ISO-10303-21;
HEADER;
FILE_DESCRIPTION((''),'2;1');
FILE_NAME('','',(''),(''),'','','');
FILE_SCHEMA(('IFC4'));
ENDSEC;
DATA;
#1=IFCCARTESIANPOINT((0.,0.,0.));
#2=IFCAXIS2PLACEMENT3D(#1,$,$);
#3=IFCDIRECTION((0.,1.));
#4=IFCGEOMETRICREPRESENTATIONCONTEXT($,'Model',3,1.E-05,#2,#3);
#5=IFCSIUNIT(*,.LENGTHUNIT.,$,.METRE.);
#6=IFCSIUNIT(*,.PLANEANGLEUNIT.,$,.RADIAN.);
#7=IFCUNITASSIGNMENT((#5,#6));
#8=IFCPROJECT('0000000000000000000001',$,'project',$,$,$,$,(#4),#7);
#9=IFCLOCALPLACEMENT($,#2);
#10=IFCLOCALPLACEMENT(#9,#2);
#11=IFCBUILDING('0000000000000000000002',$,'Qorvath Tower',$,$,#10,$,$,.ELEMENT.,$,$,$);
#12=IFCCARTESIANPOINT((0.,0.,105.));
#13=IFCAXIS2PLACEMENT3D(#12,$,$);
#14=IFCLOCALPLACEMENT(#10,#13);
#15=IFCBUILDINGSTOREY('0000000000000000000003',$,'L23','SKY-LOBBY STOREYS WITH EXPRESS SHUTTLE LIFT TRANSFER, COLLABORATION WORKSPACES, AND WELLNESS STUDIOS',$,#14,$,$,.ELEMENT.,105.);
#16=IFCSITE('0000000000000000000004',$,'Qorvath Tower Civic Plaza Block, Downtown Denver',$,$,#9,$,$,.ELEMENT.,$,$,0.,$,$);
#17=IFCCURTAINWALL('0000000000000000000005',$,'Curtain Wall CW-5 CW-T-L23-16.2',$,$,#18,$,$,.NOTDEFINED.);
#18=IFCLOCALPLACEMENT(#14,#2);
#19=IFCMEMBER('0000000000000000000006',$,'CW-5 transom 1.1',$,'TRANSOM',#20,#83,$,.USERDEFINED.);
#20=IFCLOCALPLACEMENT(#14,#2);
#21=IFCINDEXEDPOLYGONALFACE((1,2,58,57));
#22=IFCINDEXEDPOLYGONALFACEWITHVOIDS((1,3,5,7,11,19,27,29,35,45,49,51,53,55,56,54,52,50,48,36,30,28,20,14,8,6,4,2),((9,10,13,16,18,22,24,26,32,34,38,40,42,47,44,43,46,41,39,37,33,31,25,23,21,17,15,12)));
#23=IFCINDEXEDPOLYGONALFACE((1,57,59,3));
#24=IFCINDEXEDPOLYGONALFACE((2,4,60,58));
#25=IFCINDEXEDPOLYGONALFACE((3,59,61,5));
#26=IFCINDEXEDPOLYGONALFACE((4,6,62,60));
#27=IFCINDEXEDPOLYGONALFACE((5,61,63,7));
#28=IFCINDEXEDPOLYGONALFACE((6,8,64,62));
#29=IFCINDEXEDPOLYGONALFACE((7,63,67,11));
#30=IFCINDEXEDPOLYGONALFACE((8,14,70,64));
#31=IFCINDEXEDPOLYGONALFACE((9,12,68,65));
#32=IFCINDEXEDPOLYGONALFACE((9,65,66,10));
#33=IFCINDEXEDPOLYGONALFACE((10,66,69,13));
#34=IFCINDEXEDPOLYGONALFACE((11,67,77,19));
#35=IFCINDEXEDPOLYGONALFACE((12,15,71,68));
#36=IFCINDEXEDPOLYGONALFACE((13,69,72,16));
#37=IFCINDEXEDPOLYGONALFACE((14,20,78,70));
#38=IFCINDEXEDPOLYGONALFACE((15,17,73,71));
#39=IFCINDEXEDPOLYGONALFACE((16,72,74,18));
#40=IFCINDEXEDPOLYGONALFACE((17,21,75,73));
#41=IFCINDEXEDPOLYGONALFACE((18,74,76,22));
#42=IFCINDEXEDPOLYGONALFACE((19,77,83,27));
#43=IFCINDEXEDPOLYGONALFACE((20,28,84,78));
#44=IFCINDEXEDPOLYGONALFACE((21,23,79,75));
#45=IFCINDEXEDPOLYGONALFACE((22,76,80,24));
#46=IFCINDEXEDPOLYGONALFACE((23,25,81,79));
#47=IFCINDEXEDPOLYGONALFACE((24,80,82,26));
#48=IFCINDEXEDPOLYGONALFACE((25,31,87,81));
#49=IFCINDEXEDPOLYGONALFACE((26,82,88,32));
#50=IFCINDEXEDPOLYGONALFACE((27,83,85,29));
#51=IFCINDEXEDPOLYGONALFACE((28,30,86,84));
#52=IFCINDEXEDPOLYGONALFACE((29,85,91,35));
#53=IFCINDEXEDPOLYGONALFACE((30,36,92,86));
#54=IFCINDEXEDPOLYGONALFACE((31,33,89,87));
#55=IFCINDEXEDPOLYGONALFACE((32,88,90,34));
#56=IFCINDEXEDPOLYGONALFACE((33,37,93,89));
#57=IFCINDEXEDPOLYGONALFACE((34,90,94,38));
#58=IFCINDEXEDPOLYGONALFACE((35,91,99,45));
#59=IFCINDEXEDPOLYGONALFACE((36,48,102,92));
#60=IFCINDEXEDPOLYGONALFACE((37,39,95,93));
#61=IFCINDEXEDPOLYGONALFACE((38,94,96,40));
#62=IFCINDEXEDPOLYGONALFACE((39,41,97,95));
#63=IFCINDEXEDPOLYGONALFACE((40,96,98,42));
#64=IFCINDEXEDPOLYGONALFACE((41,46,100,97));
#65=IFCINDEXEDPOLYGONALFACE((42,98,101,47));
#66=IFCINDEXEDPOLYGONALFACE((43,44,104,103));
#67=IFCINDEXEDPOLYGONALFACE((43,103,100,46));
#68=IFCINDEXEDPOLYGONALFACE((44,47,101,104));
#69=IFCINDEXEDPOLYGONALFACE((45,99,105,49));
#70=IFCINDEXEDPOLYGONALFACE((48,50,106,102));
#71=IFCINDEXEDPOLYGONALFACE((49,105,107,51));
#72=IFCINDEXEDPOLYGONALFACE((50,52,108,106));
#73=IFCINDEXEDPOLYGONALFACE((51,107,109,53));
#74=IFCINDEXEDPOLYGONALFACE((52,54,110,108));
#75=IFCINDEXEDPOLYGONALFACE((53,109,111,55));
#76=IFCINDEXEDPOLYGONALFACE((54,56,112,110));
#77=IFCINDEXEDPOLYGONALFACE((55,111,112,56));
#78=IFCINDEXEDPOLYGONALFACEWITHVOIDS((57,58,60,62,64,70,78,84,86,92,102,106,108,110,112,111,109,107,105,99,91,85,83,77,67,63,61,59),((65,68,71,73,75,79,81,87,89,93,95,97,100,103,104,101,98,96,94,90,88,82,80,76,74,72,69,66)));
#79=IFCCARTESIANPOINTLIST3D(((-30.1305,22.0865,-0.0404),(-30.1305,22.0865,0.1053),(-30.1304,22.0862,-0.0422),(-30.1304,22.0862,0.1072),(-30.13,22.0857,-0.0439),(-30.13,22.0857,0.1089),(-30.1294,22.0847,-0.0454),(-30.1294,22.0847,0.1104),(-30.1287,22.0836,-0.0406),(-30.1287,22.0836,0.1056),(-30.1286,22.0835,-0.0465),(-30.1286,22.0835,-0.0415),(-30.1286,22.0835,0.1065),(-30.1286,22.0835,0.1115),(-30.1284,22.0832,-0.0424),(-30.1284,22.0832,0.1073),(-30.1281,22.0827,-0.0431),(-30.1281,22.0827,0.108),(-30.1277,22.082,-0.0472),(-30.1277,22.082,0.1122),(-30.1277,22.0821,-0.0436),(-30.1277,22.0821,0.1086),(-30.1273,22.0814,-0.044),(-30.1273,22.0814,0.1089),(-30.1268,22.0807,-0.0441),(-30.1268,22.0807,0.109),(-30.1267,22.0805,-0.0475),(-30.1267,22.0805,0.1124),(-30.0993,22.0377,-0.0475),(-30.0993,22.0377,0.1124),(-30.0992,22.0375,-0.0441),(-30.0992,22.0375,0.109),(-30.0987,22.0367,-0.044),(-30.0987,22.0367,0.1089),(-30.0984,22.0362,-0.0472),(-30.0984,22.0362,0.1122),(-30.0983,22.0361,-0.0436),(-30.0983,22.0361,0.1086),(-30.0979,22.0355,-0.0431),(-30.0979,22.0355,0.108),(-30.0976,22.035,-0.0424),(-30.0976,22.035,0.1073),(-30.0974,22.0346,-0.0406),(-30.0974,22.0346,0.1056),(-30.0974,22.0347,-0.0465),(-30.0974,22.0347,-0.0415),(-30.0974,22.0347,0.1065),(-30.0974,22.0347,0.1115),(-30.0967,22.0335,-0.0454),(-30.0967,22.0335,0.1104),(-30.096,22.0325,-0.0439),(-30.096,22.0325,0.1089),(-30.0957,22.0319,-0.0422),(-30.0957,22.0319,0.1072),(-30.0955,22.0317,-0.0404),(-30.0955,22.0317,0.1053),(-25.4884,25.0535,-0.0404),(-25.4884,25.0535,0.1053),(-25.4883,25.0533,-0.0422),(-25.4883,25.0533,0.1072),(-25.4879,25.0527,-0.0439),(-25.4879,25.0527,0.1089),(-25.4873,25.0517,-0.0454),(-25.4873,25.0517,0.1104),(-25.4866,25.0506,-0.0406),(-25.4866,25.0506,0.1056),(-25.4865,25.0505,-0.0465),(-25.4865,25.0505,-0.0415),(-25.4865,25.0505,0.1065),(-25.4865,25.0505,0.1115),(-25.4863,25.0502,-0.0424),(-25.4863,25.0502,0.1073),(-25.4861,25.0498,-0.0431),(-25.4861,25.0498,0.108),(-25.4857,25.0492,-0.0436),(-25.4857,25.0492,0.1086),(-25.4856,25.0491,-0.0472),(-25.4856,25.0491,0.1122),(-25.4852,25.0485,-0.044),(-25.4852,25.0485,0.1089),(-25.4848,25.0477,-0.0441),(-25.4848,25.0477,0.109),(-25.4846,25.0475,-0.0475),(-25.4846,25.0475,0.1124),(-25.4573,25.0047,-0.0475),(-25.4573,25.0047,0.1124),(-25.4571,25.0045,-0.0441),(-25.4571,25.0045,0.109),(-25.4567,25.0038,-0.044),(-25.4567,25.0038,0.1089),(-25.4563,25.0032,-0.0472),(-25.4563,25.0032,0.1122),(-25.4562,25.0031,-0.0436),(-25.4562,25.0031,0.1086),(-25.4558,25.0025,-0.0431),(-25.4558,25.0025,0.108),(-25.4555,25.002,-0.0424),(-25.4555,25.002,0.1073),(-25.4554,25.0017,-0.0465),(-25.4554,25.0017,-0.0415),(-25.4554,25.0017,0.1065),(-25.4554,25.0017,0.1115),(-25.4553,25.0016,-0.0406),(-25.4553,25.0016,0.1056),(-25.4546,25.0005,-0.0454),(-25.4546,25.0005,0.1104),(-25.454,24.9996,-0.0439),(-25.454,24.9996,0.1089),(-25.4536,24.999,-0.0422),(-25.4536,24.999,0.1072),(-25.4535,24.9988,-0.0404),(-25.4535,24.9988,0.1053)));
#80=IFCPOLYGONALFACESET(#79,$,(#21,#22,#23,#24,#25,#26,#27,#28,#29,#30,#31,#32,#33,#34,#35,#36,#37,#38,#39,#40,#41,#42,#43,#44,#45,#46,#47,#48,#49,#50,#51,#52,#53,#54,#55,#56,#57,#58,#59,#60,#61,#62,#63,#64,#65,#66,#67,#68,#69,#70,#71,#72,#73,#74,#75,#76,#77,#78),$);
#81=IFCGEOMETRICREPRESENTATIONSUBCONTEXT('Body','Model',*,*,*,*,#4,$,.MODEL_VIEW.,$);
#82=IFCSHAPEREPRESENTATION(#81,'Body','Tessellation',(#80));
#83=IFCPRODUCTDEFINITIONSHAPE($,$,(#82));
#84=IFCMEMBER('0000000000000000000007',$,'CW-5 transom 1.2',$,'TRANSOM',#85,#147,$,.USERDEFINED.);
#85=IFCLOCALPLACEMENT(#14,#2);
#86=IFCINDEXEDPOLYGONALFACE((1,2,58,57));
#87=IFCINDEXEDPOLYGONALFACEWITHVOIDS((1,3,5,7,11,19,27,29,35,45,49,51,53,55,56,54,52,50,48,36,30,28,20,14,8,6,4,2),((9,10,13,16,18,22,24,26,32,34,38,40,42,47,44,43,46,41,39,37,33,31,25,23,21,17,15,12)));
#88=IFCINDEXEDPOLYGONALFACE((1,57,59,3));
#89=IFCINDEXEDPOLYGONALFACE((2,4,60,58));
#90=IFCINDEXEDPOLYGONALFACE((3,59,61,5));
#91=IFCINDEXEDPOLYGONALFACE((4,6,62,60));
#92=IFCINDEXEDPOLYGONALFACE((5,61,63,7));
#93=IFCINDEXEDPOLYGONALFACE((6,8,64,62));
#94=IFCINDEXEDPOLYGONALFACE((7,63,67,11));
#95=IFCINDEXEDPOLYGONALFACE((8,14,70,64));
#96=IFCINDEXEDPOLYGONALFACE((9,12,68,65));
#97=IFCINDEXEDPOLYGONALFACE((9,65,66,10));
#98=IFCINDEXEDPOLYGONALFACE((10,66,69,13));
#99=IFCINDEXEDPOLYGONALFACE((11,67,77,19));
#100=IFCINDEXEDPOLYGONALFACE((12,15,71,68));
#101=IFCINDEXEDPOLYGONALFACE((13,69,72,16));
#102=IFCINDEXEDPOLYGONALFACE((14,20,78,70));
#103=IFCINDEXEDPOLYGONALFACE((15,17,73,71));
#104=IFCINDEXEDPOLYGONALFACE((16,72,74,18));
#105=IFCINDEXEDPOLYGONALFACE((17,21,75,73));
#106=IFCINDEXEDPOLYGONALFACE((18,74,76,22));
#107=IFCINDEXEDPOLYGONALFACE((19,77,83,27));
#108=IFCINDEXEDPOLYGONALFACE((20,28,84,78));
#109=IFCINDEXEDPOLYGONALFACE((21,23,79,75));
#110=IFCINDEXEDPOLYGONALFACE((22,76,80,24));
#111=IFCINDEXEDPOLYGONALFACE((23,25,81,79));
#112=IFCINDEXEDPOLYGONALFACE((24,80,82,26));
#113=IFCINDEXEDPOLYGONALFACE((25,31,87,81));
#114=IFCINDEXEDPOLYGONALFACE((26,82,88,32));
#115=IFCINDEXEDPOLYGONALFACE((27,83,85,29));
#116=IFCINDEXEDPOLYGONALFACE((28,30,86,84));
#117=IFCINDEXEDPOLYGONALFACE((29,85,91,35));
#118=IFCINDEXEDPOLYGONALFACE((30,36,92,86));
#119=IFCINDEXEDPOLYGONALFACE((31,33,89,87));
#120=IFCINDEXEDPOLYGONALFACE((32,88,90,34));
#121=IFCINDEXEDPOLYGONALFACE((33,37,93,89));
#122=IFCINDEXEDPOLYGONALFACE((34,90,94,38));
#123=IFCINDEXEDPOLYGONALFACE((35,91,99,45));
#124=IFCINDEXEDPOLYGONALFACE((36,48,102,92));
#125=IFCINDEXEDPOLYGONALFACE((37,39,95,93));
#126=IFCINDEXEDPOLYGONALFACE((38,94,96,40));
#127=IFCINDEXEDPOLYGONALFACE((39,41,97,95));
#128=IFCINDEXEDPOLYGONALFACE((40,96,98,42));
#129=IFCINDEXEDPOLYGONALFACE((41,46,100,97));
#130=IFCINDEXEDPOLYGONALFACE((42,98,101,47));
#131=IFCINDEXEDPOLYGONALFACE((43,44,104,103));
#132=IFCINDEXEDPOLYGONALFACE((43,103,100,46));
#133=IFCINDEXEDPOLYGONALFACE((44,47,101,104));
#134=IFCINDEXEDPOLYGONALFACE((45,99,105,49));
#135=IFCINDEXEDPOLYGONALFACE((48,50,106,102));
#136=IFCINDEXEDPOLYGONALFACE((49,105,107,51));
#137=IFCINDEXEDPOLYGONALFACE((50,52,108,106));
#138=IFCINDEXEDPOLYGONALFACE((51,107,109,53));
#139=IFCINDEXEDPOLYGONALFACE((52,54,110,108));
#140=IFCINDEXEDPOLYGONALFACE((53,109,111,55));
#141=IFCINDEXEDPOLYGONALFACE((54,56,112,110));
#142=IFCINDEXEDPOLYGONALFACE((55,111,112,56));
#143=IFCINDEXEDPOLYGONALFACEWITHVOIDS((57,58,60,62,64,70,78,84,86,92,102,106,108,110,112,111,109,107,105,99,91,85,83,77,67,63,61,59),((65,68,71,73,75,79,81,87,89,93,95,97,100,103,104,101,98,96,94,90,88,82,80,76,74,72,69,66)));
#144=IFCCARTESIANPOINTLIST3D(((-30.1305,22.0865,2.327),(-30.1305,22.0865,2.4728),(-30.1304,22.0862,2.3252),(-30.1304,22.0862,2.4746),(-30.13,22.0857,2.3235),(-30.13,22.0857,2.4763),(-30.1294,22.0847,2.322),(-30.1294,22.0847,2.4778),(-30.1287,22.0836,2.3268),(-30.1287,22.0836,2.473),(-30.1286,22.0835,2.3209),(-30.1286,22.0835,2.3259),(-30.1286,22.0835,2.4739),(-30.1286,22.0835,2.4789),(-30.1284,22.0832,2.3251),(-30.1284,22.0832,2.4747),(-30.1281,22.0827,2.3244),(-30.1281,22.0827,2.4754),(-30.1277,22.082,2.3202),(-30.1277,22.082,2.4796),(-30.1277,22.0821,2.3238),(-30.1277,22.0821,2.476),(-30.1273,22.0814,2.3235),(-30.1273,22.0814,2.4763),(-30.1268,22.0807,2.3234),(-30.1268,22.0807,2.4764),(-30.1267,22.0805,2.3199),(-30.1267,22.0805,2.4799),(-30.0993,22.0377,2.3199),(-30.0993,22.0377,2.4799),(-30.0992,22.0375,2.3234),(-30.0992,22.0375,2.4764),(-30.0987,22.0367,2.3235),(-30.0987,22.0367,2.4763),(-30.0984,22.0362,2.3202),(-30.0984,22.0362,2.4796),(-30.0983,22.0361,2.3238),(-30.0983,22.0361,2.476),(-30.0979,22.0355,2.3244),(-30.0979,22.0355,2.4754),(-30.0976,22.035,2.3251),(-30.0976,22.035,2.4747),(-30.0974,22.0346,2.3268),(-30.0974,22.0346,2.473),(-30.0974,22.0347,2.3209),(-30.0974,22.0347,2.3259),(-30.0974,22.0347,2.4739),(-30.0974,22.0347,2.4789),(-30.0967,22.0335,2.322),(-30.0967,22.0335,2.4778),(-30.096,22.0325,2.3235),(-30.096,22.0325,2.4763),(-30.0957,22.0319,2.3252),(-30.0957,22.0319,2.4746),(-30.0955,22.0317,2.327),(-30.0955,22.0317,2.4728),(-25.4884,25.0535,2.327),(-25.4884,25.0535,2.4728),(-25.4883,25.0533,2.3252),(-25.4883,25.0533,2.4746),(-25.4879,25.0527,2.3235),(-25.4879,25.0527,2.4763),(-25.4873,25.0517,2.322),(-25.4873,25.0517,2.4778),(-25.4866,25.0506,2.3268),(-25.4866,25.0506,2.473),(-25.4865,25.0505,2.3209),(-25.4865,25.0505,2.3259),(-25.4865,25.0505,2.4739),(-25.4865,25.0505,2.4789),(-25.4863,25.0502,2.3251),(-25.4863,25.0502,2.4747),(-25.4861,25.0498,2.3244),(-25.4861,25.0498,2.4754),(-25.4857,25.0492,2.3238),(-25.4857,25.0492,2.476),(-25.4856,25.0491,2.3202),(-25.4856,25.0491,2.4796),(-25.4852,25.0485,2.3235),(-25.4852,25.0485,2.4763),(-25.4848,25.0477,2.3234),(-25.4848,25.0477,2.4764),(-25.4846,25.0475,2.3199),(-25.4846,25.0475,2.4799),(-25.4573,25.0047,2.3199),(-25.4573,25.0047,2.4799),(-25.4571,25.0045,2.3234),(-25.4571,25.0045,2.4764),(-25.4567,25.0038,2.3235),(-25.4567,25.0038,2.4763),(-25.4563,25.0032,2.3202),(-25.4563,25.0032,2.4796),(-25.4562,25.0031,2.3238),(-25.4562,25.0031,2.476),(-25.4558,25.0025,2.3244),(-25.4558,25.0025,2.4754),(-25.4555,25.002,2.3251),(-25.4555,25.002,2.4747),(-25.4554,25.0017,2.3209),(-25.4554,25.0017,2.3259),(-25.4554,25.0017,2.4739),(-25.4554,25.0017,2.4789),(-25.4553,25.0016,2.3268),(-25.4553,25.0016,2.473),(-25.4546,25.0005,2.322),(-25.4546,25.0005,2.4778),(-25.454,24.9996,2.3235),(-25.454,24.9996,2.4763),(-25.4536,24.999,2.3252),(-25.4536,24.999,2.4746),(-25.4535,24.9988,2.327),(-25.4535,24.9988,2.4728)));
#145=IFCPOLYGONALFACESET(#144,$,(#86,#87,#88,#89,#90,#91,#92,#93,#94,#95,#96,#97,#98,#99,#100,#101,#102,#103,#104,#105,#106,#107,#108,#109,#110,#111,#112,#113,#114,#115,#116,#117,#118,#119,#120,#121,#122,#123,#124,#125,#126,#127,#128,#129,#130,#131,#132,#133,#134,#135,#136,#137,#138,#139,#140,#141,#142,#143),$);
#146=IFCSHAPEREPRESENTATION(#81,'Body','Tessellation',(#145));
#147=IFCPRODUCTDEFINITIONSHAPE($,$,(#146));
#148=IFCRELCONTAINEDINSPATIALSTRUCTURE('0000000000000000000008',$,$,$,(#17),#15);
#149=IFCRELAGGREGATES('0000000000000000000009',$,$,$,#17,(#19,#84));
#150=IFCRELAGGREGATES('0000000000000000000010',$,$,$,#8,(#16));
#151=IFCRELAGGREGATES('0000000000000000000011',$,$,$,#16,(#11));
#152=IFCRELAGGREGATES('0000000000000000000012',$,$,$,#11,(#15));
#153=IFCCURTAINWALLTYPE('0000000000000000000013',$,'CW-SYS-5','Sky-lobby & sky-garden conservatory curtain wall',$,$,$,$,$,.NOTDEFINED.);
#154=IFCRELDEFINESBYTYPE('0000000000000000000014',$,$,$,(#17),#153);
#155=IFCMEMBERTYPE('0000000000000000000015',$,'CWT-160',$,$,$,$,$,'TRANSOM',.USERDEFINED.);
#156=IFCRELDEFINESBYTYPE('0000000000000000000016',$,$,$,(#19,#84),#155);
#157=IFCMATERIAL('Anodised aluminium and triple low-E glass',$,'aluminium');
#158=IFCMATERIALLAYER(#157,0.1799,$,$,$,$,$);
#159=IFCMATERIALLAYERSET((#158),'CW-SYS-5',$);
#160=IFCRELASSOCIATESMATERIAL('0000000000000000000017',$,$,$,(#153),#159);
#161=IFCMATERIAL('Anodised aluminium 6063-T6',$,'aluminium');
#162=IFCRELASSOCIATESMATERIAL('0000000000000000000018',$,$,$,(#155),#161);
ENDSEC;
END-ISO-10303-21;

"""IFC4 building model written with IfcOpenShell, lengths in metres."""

from ifc_helpers import new_model, si_unit, direction, frame, origin, origin_2d, place, context, subcontext, project, spatial, hollow_rectangle, extrude, material, layer, layer_set, material_profile, profile_set, type_object, element, aggregate, save


model = new_model("IFC4")

# Units and contexts
model_context = context("Model", 3, precision=1e-05, world=origin(), true_north=direction((0.0, 1.0)))
body_context = subcontext(model_context, "Body", "Model", "MODEL_VIEW")
ifc_project = project(units=[si_unit("LENGTHUNIT", "METRE"), si_unit("PLANEANGLEUNIT", "RADIAN")], contexts=[model_context])

# Site, building, storey
site_placement = place(None, origin())
site = spatial("IfcSite", under=ifc_project, at=site_placement, Name="Qorvath Tower Civic Plaza Block, Downtown Denver", CompositionType="ELEMENT", RefElevation=0.0)
building_placement = place(site_placement, origin())
building = spatial("IfcBuilding", under=site, at=building_placement, Name="Qorvath Tower", CompositionType="ELEMENT")
storey_placement = place(building_placement, frame((0.0, 0.0, 105.0)))
storey = spatial("IfcBuildingStorey", under=building, at=storey_placement, Name="L23", Description="SKY-LOBBY STOREYS WITH EXPRESS SHUTTLE LIFT TRANSFER, COLLABORATION WORKSPACES, AND WELLNESS STUDIOS", CompositionType="ELEMENT", Elevation=105.0)

# Shared definitions
ifc_material_1 = material(Name="Anodised aluminium and triple low-E glass", Category="aluminium")
ifc_layer_1 = layer(ifc_material_1, 0.1799)
ifc_layer_set_1 = layer_set([ifc_layer_1], Name="CW-SYS-5")
curtain_wall_type = type_object("IfcCurtainWallType", Name="CW-SYS-5", Description="Sky-lobby & sky-garden conservatory curtain wall", PredefinedType="NOTDEFINED", material=ifc_layer_set_1)

# Curtain wall
curtain_wall_1_placement = place(storey_placement, origin())
curtain_wall_1 = element("IfcCurtainWall", 1, at=curtain_wall_1_placement, inside=storey, type_object=curtain_wall_type, Name="Curtain Wall CW-5 CW-T-L23-16.2", PredefinedType="NOTDEFINED")

# Members
ifc_material_2 = material(Name="Anodised aluminium 6063-T6", Category="aluminium")
ifc_material_profile_1 = material_profile(ifc_material_2, hollow_rectangle(XDim=0.0649, YDim=0.1599, WallThickness=0.0034, InnerFilletRadius=0.0034, OuterFilletRadius=0.0071, at=origin_2d()), Name="CWT 160x65")
ifc_profile_set_1 = profile_set([ifc_material_profile_1], Name="Anodised aluminium 6063-T6")
member_type_1 = type_object("IfcMemberType", Name="CWT-160", ElementType="TRANSOM", PredefinedType="USERDEFINED", material=ifc_profile_set_1)
member_1_placement = place(storey_placement, frame((-25.4709, 25.0261, 0.0325), z_axis=(-0.842592, -0.538552, 0.0), x_axis=(0.538552, -0.842592, 0.0)))
member_1 = element("IfcMember", 2, at=member_1_placement, type_object=member_type_1, Name="CW-5 transom 1.1", ObjectType="TRANSOM", PredefinedType="USERDEFINED", context=body_context, shape_type="SweptSolid", body=[
    extrude(hollow_rectangle(XDim=0.0649, YDim=0.1599, WallThickness=0.0034, InnerFilletRadius=0.0034, OuterFilletRadius=0.0071, at=origin_2d()), origin(), (0.0, 0.0, 1.0), 5.5093),
])
member_2_placement = place(storey_placement, frame((-25.4709, 25.0261, 2.3999), z_axis=(-0.842592, -0.538552, 0.0), x_axis=(0.538552, -0.842592, 0.0)))
member_2 = element("IfcMember", 3, at=member_2_placement, type_object=member_type_1, Name="CW-5 transom 1.2", ObjectType="TRANSOM", PredefinedType="USERDEFINED", context=body_context, shape_type="SweptSolid", body=[
    extrude(hollow_rectangle(XDim=0.0649, YDim=0.1599, WallThickness=0.0034, InnerFilletRadius=0.0034, OuterFilletRadius=0.0071, at=origin_2d()), origin(), (0.0, 0.0, 1.0), 5.5093),
])

aggregate(curtain_wall_1, [member_1, member_2])

save(model, "model.ifc")
